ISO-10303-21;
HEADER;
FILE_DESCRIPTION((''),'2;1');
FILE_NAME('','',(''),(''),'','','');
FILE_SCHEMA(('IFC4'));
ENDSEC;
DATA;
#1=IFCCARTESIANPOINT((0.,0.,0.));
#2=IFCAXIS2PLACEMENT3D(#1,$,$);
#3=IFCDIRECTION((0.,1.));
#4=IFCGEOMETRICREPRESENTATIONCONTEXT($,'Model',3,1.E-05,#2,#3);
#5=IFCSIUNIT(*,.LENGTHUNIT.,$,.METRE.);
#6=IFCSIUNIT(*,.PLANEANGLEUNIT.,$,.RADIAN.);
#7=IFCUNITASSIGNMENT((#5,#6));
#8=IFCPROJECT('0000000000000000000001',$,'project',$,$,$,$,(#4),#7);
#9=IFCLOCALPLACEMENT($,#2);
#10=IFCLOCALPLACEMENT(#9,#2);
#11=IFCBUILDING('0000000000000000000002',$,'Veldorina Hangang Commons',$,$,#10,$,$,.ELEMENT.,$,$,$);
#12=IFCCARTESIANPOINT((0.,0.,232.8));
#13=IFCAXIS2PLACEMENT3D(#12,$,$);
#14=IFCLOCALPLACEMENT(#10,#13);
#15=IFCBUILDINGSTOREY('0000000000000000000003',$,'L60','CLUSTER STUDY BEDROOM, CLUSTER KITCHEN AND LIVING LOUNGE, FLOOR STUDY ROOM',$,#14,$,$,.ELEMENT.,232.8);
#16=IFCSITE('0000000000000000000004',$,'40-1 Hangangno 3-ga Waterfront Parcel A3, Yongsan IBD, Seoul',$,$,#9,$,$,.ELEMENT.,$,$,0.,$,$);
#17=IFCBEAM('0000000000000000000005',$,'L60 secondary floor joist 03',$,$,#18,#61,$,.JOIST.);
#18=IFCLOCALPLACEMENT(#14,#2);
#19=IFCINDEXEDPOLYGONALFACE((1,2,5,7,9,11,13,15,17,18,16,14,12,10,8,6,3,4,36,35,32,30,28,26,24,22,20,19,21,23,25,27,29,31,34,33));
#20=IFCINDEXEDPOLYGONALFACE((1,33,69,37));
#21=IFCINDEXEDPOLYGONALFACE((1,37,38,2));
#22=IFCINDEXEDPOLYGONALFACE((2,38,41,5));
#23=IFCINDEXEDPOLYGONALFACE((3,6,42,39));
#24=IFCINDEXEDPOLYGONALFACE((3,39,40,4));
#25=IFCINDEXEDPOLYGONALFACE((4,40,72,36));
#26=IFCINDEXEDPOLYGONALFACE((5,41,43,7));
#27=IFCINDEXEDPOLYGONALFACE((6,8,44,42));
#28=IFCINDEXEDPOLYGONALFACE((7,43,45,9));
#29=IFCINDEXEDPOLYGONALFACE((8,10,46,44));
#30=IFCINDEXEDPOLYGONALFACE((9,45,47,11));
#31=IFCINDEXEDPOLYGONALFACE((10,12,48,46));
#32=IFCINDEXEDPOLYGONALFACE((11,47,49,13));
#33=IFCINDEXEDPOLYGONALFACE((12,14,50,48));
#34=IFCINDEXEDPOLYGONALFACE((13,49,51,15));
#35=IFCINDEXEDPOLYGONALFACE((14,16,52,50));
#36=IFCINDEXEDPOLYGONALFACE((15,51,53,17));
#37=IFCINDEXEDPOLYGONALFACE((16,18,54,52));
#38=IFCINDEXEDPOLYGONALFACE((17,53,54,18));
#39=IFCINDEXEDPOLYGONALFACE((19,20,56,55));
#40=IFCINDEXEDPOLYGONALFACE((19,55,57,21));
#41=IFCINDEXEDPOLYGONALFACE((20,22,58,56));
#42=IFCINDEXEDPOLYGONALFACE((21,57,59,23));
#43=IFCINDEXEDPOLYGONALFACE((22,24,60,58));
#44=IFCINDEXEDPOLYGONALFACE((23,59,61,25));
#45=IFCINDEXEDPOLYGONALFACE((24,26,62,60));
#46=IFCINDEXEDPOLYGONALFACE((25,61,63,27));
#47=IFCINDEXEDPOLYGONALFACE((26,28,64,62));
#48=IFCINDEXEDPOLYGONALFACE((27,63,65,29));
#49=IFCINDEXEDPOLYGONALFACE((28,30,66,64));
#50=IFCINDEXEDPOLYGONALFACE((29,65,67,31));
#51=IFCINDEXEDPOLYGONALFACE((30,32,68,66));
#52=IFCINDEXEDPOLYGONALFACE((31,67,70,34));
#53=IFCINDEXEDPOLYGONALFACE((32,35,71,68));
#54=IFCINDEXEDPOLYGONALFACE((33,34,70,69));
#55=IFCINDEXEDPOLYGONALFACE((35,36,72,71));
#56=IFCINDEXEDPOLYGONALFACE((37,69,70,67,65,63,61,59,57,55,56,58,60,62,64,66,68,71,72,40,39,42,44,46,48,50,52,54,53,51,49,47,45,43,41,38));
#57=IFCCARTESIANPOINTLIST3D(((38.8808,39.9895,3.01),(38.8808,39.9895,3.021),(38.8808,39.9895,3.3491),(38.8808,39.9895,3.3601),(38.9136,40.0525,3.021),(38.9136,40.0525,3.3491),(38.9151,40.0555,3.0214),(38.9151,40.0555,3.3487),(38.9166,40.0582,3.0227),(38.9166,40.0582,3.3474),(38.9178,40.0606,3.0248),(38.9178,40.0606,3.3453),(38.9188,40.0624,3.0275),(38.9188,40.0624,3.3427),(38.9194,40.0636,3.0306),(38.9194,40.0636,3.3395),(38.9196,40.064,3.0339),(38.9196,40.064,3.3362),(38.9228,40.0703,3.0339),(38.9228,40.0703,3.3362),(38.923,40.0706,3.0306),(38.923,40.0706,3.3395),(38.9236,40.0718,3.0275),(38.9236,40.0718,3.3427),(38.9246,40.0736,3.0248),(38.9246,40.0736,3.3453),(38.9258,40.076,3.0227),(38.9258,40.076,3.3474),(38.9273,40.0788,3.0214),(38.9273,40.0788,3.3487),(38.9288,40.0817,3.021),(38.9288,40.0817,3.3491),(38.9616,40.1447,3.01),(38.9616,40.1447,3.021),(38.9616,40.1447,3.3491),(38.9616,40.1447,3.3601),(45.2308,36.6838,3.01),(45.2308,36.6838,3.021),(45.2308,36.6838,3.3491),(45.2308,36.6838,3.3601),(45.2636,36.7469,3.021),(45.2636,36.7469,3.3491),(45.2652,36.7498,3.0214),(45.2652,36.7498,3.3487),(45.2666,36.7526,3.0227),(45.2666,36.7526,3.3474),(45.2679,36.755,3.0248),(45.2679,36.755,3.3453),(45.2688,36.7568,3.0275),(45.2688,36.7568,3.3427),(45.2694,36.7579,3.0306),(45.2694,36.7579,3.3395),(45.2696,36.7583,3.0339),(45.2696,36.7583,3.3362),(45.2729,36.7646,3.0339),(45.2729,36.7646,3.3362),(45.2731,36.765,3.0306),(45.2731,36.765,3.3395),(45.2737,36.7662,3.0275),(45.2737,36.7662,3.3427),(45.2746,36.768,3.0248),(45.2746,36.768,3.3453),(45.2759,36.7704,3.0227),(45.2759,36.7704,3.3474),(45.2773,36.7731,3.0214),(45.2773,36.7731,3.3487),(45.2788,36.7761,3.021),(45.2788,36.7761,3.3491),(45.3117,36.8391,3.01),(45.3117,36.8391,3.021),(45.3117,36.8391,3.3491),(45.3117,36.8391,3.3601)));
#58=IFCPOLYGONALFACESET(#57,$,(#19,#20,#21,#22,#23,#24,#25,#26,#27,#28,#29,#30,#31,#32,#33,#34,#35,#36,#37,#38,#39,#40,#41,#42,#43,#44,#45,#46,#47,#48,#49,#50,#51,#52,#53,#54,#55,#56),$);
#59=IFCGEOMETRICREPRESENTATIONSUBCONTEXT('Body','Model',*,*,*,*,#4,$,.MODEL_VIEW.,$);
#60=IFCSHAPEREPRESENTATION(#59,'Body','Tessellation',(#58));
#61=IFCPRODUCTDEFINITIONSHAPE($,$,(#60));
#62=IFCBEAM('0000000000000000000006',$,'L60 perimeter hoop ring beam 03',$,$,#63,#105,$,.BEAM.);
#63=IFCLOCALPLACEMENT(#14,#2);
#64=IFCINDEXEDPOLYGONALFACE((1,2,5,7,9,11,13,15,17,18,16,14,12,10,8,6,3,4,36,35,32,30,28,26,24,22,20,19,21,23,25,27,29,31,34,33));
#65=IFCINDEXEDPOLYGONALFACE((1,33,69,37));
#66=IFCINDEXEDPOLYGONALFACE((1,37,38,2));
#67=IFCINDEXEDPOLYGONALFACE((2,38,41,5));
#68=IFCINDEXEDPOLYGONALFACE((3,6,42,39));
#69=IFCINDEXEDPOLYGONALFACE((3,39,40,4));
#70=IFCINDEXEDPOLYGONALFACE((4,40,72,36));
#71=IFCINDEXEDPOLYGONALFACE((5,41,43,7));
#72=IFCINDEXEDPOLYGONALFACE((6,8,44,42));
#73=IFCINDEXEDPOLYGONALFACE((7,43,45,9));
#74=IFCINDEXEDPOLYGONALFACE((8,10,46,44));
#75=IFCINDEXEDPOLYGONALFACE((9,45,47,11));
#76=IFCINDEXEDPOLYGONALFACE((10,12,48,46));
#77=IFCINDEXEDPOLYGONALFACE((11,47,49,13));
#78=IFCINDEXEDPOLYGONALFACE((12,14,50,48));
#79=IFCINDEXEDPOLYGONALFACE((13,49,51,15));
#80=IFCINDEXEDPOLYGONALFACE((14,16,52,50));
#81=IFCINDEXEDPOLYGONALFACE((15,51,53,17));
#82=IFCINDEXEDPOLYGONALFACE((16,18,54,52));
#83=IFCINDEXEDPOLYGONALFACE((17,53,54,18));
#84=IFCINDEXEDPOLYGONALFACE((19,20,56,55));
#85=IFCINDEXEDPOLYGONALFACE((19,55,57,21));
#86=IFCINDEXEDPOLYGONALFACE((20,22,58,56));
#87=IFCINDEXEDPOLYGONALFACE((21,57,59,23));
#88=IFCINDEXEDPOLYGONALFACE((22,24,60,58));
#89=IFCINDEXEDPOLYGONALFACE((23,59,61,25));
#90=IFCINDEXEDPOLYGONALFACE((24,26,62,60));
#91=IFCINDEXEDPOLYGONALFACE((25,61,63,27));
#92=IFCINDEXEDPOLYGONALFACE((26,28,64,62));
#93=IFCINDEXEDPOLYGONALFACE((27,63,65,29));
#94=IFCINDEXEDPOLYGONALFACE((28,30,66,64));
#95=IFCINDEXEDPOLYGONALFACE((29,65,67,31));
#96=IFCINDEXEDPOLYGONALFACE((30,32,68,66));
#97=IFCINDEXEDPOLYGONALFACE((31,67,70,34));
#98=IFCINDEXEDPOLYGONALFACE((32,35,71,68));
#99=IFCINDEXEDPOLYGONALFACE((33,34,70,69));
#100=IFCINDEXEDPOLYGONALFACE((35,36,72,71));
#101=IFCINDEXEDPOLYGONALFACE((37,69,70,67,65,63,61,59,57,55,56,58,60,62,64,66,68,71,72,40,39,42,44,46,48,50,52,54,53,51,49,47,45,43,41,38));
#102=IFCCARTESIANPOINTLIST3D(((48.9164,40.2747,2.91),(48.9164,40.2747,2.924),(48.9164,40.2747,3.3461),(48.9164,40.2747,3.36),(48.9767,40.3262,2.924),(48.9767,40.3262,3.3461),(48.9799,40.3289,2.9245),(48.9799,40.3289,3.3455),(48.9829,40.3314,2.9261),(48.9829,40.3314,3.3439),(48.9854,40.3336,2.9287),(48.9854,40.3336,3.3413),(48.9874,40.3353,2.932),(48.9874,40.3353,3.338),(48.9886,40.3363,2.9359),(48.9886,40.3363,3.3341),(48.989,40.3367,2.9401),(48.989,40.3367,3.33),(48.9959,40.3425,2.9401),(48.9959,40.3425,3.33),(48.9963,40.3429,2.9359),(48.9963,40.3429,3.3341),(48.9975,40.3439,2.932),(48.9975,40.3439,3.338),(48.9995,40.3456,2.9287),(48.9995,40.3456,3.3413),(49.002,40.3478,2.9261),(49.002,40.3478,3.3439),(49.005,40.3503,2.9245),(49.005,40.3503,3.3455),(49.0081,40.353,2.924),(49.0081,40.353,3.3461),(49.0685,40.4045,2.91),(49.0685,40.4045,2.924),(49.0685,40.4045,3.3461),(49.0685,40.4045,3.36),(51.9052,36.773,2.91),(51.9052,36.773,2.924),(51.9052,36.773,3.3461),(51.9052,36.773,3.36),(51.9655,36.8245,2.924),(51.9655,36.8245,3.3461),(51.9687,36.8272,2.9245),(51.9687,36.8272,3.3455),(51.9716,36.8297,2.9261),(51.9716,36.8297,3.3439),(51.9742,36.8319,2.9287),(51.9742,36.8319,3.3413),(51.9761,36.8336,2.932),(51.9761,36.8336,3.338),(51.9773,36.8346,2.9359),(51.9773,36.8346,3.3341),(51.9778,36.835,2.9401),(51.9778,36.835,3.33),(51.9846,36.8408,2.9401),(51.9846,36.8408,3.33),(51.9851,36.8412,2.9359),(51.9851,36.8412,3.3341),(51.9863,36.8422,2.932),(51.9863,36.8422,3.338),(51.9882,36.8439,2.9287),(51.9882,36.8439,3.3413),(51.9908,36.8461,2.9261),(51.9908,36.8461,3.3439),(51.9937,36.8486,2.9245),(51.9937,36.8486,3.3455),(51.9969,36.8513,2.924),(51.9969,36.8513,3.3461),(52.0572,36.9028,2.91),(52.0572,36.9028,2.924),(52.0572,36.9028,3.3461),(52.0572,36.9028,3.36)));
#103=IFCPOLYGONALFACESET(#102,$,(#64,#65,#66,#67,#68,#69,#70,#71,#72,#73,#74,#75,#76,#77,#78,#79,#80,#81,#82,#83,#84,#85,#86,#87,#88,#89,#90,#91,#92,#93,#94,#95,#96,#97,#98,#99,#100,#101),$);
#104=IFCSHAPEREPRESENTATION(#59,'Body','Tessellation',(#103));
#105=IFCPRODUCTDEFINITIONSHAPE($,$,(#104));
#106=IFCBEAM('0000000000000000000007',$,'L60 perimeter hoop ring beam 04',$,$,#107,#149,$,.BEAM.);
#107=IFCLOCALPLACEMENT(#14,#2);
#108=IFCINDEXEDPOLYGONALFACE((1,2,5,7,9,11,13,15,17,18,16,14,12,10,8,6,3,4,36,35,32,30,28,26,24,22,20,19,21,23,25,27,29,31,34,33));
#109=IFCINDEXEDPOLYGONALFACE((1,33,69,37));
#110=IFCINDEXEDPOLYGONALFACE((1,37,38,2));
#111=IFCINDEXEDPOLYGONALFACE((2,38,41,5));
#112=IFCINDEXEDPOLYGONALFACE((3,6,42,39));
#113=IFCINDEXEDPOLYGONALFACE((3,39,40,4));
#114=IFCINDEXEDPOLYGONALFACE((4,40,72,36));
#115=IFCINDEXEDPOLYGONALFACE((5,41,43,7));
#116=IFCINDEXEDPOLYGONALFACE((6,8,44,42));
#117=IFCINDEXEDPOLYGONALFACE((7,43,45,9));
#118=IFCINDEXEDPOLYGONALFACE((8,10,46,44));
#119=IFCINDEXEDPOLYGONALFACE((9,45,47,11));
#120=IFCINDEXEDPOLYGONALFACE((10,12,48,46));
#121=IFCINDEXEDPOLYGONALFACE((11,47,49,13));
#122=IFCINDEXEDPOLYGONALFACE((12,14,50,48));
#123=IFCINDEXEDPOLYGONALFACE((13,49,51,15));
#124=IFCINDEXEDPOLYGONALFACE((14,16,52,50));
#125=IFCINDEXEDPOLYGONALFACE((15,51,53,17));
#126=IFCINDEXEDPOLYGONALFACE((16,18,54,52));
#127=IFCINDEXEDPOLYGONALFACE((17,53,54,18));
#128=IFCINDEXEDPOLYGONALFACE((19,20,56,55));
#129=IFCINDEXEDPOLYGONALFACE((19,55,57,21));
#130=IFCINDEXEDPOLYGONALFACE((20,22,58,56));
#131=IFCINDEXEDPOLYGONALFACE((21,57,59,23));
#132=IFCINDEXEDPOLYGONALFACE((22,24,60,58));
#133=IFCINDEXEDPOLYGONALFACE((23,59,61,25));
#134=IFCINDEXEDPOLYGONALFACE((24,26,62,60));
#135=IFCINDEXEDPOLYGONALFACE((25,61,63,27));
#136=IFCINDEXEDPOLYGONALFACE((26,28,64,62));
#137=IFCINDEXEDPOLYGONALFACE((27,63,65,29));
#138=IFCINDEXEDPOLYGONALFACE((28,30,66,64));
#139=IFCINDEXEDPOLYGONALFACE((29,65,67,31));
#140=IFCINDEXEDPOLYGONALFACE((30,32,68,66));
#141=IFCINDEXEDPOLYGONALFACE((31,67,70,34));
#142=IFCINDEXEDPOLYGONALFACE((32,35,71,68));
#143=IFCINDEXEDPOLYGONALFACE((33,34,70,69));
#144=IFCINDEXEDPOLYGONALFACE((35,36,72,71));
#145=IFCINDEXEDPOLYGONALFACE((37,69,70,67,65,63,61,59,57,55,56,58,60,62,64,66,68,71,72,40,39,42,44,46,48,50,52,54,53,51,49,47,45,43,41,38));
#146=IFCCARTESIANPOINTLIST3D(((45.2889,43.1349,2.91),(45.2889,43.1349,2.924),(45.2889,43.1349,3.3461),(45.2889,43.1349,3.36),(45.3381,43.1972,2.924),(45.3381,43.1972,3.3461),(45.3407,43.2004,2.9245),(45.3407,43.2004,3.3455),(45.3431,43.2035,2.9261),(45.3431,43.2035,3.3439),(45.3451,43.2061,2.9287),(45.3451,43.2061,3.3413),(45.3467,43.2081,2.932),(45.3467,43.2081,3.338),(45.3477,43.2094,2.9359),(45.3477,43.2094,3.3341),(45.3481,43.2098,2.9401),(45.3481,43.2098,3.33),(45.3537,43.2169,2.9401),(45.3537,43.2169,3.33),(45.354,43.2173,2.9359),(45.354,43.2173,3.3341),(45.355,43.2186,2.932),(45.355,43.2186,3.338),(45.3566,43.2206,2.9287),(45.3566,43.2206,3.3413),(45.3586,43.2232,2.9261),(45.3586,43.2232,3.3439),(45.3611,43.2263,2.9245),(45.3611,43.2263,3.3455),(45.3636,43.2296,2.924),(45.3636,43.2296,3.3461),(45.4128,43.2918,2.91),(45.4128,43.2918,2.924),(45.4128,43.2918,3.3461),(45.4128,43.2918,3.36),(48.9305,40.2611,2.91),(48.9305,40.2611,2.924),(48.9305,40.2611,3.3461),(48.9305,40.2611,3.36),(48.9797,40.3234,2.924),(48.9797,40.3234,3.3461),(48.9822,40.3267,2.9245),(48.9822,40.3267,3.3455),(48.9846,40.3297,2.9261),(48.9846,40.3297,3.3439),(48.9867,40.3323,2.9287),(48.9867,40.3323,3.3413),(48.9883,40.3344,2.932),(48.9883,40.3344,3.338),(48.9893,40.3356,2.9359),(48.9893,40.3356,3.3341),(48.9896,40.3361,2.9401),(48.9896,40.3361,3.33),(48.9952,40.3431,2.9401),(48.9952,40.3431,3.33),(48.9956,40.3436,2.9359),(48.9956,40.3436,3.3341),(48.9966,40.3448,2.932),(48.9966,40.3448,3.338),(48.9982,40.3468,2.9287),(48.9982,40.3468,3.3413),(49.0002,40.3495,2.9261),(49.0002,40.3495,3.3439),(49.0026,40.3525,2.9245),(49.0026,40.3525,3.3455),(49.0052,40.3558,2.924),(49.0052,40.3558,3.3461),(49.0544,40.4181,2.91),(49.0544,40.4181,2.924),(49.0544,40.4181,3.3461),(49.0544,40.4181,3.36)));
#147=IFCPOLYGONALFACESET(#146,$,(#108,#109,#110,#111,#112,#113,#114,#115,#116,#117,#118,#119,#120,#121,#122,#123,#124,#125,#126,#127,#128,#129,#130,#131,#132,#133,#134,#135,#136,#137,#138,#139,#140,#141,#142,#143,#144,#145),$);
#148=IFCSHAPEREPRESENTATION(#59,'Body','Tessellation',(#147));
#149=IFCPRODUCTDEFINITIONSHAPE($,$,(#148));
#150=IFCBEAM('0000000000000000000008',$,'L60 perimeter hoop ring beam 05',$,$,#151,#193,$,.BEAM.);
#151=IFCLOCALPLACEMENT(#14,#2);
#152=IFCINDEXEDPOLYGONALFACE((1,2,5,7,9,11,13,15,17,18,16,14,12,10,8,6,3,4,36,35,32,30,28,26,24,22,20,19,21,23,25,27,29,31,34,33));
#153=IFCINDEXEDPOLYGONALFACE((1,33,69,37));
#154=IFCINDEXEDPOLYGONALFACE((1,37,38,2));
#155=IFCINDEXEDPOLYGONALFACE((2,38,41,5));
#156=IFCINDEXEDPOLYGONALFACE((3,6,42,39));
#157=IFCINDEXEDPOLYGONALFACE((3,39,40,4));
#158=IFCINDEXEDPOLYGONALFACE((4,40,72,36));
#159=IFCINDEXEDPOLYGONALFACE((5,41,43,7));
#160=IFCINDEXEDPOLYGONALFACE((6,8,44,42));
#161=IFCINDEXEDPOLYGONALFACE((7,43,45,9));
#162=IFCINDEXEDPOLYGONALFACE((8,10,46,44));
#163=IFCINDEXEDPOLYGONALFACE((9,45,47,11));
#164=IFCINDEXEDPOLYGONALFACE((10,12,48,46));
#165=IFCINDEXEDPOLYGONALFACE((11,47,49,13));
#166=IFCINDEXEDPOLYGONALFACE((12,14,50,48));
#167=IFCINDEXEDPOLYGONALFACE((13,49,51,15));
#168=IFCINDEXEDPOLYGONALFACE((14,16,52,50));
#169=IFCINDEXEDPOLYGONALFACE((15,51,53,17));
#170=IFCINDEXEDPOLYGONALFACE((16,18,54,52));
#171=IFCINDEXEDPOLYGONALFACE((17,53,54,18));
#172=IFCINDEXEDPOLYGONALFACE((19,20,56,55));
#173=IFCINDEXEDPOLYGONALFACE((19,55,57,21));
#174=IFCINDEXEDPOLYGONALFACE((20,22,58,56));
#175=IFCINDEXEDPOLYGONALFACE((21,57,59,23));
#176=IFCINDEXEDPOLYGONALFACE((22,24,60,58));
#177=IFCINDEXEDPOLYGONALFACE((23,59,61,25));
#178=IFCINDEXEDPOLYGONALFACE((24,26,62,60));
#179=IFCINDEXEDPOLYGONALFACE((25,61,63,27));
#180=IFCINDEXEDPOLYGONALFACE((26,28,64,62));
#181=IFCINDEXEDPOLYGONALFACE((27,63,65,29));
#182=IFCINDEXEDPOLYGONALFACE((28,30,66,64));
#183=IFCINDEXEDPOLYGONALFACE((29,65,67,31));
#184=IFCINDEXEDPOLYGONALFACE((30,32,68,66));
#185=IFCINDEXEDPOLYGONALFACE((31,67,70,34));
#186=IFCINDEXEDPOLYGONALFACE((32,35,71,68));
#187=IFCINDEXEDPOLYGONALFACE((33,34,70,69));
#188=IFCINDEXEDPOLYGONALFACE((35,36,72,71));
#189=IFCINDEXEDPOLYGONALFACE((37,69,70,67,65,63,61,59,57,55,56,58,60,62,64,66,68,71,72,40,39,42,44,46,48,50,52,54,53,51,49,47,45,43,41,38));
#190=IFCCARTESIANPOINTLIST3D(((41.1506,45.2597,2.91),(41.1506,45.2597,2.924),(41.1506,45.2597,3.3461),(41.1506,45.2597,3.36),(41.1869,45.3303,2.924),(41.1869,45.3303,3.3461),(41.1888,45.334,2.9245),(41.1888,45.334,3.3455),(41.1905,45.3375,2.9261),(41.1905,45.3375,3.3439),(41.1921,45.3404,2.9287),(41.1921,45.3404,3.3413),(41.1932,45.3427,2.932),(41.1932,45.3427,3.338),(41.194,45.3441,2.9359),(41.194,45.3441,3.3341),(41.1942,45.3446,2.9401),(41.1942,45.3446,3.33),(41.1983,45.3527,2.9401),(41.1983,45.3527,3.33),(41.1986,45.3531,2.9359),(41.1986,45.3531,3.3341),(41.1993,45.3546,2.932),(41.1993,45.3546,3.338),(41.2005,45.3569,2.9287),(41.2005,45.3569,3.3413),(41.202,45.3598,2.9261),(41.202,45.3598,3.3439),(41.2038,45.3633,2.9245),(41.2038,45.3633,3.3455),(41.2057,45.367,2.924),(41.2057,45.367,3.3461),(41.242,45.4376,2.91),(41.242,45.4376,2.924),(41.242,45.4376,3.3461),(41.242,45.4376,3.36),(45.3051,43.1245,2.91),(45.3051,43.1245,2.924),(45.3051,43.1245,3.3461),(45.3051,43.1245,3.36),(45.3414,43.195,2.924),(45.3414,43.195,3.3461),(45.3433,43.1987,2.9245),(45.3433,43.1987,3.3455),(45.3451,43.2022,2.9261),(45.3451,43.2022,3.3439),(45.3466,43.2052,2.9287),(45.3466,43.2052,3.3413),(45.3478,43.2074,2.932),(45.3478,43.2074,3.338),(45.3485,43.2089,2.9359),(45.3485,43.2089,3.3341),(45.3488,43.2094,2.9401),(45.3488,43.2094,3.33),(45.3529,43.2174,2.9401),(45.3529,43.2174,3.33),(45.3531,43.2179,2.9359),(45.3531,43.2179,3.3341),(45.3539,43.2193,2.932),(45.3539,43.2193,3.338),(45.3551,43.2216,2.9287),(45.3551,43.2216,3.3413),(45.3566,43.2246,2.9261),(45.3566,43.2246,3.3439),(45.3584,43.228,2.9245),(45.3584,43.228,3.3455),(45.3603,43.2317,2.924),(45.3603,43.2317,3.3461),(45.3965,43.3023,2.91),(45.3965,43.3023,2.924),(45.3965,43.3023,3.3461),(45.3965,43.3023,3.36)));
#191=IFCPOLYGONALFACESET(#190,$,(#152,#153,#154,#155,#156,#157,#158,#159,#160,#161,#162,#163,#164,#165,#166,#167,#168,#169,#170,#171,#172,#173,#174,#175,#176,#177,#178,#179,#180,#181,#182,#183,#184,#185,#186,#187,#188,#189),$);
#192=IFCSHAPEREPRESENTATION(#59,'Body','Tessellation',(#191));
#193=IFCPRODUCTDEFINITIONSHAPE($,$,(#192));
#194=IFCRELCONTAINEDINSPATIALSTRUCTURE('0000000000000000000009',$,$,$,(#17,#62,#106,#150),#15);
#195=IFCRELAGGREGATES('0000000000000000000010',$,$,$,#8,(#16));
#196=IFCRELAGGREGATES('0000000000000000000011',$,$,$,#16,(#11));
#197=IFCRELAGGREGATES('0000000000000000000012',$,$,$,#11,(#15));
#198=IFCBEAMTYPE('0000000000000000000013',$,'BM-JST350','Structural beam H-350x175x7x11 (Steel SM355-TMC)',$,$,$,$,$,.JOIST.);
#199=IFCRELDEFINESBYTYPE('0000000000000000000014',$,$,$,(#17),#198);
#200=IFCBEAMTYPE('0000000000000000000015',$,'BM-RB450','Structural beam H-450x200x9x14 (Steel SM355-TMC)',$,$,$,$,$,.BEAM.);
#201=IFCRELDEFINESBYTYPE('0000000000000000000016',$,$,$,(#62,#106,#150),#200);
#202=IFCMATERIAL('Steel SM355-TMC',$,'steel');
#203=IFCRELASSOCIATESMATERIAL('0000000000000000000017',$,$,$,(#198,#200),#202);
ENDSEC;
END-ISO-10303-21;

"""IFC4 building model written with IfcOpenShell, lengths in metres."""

from ifc_helpers import new_model, si_unit, direction, frame, origin, origin_2d, place, context, subcontext, project, spatial, i_section, extrude, material, material_profile, profile_set, type_object, element, save


model = new_model("IFC4")

# Units and contexts
model_context = context("Model", 3, precision=1e-05, world=origin(), true_north=direction((0.0, 1.0)))
body_context = subcontext(model_context, "Body", "Model", "MODEL_VIEW")
ifc_project = project(units=[si_unit("LENGTHUNIT", "METRE"), si_unit("PLANEANGLEUNIT", "RADIAN")], contexts=[model_context])

# Site, building, storey
site_placement = place(None, origin())
site = spatial("IfcSite", under=ifc_project, at=site_placement, Name="40-1 Hangangno 3-ga Waterfront Parcel A3, Yongsan IBD, Seoul", CompositionType="ELEMENT", RefElevation=0.0)
building_placement = place(site_placement, origin())
building = spatial("IfcBuilding", under=site, at=building_placement, Name="Veldorina Hangang Commons", CompositionType="ELEMENT")
storey_placement = place(building_placement, frame((0.0, 0.0, 232.8)))
storey = spatial("IfcBuildingStorey", under=building, at=storey_placement, Name="L60", Description="CLUSTER STUDY BEDROOM, CLUSTER KITCHEN AND LIVING LOUNGE, FLOOR STUDY ROOM", CompositionType="ELEMENT", Elevation=232.8)

# Beams
ifc_material_1 = material(Name="Steel SM355-TMC", Category="steel")
ifc_material_profile_1 = material_profile(ifc_material_1, i_section(OverallWidth=0.175, OverallDepth=0.3501, WebThickness=0.0071, FlangeThickness=0.011, FilletRadius=0.0129, at=origin_2d()), Name="H-350x175x7x11")
ifc_profile_set_1 = profile_set([ifc_material_profile_1], Name="Steel SM355-TMC")
beam_type_1 = type_object("IfcBeamType", Name="BM-JST350", Description="Structural beam H-350x175x7x11 (Steel SM355-TMC)", PredefinedType="JOIST", material=ifc_profile_set_1)
beam_1_placement = place(storey_placement, frame((45.2712, 36.7615, 3.1851), z_axis=(-0.88701, 0.46175, 0.0), x_axis=(-0.46175, -0.88701, 0.0)))
element("IfcBeam", 1, at=beam_1_placement, inside=storey, type_object=beam_type_1, Name="L60 secondary floor joist 03", PredefinedType="JOIST", context=body_context, shape_type="SweptSolid", body=[
    extrude(i_section(OverallWidth=0.175, OverallDepth=0.3501, WebThickness=0.0071, FlangeThickness=0.011, FilletRadius=0.0129, at=origin_2d()), origin(), (0.0, 0.0, 1.0), 7.1589),
])
ifc_material_profile_2 = material_profile(ifc_material_1, i_section(OverallWidth=0.2, OverallDepth=0.45, WebThickness=0.009, FlangeThickness=0.0139, FilletRadius=0.0161, at=origin_2d()), Name="H-450x200x9x14")
ifc_profile_set_2 = profile_set([ifc_material_profile_2], Name="Steel SM355-TMC")
beam_type_2 = type_object("IfcBeamType", Name="BM-RB450", Description="Structural beam H-450x200x9x14 (Steel SM355-TMC)", PredefinedType="BEAM", material=ifc_profile_set_2)
beam_2_placement = place(storey_placement, frame((51.9812, 36.8379, 3.135), z_axis=(-0.6492, 0.760618, 0.0), x_axis=(-0.760618, -0.6492, 0.0)))
element("IfcBeam", 2, at=beam_2_placement, inside=storey, type_object=beam_type_2, Name="L60 perimeter hoop ring beam 03", PredefinedType="BEAM", context=body_context, shape_type="SweptSolid", body=[
    extrude(i_section(OverallWidth=0.2, OverallDepth=0.45, WebThickness=0.009, FlangeThickness=0.0139, FilletRadius=0.0161, at=origin_2d()), origin(), (0.0, 0.0, 1.0), 4.6038),
])
beam_3_placement = place(storey_placement, frame((48.9924, 40.3396, 3.135), z_axis=(-0.785005, 0.619489, 0.0), x_axis=(-0.619489, -0.785005, 0.0)))
element("IfcBeam", 3, at=beam_3_placement, inside=storey, type_object=beam_type_2, Name="L60 perimeter hoop ring beam 04", PredefinedType="BEAM", context=body_context, shape_type="SweptSolid", body=[
    extrude(i_section(OverallWidth=0.2, OverallDepth=0.45, WebThickness=0.009, FlangeThickness=0.0139, FilletRadius=0.0161, at=origin_2d()), origin(), (0.0, 0.0, 1.0), 4.6389),
])
beam_4_placement = place(storey_placement, frame((45.3508, 43.2134, 3.135), z_axis=(-0.889407, 0.457117, 0.0), x_axis=(-0.457117, -0.889407, 0.0)))
element("IfcBeam", 4, at=beam_4_placement, inside=storey, type_object=beam_type_2, Name="L60 perimeter hoop ring beam 05", PredefinedType="BEAM", context=body_context, shape_type="SweptSolid", body=[
    extrude(i_section(OverallWidth=0.2, OverallDepth=0.45, WebThickness=0.009, FlangeThickness=0.0139, FilletRadius=0.0161, at=origin_2d()), origin(), (0.0, 0.0, 1.0), 4.6711),
])

save(model, "model.ifc")
